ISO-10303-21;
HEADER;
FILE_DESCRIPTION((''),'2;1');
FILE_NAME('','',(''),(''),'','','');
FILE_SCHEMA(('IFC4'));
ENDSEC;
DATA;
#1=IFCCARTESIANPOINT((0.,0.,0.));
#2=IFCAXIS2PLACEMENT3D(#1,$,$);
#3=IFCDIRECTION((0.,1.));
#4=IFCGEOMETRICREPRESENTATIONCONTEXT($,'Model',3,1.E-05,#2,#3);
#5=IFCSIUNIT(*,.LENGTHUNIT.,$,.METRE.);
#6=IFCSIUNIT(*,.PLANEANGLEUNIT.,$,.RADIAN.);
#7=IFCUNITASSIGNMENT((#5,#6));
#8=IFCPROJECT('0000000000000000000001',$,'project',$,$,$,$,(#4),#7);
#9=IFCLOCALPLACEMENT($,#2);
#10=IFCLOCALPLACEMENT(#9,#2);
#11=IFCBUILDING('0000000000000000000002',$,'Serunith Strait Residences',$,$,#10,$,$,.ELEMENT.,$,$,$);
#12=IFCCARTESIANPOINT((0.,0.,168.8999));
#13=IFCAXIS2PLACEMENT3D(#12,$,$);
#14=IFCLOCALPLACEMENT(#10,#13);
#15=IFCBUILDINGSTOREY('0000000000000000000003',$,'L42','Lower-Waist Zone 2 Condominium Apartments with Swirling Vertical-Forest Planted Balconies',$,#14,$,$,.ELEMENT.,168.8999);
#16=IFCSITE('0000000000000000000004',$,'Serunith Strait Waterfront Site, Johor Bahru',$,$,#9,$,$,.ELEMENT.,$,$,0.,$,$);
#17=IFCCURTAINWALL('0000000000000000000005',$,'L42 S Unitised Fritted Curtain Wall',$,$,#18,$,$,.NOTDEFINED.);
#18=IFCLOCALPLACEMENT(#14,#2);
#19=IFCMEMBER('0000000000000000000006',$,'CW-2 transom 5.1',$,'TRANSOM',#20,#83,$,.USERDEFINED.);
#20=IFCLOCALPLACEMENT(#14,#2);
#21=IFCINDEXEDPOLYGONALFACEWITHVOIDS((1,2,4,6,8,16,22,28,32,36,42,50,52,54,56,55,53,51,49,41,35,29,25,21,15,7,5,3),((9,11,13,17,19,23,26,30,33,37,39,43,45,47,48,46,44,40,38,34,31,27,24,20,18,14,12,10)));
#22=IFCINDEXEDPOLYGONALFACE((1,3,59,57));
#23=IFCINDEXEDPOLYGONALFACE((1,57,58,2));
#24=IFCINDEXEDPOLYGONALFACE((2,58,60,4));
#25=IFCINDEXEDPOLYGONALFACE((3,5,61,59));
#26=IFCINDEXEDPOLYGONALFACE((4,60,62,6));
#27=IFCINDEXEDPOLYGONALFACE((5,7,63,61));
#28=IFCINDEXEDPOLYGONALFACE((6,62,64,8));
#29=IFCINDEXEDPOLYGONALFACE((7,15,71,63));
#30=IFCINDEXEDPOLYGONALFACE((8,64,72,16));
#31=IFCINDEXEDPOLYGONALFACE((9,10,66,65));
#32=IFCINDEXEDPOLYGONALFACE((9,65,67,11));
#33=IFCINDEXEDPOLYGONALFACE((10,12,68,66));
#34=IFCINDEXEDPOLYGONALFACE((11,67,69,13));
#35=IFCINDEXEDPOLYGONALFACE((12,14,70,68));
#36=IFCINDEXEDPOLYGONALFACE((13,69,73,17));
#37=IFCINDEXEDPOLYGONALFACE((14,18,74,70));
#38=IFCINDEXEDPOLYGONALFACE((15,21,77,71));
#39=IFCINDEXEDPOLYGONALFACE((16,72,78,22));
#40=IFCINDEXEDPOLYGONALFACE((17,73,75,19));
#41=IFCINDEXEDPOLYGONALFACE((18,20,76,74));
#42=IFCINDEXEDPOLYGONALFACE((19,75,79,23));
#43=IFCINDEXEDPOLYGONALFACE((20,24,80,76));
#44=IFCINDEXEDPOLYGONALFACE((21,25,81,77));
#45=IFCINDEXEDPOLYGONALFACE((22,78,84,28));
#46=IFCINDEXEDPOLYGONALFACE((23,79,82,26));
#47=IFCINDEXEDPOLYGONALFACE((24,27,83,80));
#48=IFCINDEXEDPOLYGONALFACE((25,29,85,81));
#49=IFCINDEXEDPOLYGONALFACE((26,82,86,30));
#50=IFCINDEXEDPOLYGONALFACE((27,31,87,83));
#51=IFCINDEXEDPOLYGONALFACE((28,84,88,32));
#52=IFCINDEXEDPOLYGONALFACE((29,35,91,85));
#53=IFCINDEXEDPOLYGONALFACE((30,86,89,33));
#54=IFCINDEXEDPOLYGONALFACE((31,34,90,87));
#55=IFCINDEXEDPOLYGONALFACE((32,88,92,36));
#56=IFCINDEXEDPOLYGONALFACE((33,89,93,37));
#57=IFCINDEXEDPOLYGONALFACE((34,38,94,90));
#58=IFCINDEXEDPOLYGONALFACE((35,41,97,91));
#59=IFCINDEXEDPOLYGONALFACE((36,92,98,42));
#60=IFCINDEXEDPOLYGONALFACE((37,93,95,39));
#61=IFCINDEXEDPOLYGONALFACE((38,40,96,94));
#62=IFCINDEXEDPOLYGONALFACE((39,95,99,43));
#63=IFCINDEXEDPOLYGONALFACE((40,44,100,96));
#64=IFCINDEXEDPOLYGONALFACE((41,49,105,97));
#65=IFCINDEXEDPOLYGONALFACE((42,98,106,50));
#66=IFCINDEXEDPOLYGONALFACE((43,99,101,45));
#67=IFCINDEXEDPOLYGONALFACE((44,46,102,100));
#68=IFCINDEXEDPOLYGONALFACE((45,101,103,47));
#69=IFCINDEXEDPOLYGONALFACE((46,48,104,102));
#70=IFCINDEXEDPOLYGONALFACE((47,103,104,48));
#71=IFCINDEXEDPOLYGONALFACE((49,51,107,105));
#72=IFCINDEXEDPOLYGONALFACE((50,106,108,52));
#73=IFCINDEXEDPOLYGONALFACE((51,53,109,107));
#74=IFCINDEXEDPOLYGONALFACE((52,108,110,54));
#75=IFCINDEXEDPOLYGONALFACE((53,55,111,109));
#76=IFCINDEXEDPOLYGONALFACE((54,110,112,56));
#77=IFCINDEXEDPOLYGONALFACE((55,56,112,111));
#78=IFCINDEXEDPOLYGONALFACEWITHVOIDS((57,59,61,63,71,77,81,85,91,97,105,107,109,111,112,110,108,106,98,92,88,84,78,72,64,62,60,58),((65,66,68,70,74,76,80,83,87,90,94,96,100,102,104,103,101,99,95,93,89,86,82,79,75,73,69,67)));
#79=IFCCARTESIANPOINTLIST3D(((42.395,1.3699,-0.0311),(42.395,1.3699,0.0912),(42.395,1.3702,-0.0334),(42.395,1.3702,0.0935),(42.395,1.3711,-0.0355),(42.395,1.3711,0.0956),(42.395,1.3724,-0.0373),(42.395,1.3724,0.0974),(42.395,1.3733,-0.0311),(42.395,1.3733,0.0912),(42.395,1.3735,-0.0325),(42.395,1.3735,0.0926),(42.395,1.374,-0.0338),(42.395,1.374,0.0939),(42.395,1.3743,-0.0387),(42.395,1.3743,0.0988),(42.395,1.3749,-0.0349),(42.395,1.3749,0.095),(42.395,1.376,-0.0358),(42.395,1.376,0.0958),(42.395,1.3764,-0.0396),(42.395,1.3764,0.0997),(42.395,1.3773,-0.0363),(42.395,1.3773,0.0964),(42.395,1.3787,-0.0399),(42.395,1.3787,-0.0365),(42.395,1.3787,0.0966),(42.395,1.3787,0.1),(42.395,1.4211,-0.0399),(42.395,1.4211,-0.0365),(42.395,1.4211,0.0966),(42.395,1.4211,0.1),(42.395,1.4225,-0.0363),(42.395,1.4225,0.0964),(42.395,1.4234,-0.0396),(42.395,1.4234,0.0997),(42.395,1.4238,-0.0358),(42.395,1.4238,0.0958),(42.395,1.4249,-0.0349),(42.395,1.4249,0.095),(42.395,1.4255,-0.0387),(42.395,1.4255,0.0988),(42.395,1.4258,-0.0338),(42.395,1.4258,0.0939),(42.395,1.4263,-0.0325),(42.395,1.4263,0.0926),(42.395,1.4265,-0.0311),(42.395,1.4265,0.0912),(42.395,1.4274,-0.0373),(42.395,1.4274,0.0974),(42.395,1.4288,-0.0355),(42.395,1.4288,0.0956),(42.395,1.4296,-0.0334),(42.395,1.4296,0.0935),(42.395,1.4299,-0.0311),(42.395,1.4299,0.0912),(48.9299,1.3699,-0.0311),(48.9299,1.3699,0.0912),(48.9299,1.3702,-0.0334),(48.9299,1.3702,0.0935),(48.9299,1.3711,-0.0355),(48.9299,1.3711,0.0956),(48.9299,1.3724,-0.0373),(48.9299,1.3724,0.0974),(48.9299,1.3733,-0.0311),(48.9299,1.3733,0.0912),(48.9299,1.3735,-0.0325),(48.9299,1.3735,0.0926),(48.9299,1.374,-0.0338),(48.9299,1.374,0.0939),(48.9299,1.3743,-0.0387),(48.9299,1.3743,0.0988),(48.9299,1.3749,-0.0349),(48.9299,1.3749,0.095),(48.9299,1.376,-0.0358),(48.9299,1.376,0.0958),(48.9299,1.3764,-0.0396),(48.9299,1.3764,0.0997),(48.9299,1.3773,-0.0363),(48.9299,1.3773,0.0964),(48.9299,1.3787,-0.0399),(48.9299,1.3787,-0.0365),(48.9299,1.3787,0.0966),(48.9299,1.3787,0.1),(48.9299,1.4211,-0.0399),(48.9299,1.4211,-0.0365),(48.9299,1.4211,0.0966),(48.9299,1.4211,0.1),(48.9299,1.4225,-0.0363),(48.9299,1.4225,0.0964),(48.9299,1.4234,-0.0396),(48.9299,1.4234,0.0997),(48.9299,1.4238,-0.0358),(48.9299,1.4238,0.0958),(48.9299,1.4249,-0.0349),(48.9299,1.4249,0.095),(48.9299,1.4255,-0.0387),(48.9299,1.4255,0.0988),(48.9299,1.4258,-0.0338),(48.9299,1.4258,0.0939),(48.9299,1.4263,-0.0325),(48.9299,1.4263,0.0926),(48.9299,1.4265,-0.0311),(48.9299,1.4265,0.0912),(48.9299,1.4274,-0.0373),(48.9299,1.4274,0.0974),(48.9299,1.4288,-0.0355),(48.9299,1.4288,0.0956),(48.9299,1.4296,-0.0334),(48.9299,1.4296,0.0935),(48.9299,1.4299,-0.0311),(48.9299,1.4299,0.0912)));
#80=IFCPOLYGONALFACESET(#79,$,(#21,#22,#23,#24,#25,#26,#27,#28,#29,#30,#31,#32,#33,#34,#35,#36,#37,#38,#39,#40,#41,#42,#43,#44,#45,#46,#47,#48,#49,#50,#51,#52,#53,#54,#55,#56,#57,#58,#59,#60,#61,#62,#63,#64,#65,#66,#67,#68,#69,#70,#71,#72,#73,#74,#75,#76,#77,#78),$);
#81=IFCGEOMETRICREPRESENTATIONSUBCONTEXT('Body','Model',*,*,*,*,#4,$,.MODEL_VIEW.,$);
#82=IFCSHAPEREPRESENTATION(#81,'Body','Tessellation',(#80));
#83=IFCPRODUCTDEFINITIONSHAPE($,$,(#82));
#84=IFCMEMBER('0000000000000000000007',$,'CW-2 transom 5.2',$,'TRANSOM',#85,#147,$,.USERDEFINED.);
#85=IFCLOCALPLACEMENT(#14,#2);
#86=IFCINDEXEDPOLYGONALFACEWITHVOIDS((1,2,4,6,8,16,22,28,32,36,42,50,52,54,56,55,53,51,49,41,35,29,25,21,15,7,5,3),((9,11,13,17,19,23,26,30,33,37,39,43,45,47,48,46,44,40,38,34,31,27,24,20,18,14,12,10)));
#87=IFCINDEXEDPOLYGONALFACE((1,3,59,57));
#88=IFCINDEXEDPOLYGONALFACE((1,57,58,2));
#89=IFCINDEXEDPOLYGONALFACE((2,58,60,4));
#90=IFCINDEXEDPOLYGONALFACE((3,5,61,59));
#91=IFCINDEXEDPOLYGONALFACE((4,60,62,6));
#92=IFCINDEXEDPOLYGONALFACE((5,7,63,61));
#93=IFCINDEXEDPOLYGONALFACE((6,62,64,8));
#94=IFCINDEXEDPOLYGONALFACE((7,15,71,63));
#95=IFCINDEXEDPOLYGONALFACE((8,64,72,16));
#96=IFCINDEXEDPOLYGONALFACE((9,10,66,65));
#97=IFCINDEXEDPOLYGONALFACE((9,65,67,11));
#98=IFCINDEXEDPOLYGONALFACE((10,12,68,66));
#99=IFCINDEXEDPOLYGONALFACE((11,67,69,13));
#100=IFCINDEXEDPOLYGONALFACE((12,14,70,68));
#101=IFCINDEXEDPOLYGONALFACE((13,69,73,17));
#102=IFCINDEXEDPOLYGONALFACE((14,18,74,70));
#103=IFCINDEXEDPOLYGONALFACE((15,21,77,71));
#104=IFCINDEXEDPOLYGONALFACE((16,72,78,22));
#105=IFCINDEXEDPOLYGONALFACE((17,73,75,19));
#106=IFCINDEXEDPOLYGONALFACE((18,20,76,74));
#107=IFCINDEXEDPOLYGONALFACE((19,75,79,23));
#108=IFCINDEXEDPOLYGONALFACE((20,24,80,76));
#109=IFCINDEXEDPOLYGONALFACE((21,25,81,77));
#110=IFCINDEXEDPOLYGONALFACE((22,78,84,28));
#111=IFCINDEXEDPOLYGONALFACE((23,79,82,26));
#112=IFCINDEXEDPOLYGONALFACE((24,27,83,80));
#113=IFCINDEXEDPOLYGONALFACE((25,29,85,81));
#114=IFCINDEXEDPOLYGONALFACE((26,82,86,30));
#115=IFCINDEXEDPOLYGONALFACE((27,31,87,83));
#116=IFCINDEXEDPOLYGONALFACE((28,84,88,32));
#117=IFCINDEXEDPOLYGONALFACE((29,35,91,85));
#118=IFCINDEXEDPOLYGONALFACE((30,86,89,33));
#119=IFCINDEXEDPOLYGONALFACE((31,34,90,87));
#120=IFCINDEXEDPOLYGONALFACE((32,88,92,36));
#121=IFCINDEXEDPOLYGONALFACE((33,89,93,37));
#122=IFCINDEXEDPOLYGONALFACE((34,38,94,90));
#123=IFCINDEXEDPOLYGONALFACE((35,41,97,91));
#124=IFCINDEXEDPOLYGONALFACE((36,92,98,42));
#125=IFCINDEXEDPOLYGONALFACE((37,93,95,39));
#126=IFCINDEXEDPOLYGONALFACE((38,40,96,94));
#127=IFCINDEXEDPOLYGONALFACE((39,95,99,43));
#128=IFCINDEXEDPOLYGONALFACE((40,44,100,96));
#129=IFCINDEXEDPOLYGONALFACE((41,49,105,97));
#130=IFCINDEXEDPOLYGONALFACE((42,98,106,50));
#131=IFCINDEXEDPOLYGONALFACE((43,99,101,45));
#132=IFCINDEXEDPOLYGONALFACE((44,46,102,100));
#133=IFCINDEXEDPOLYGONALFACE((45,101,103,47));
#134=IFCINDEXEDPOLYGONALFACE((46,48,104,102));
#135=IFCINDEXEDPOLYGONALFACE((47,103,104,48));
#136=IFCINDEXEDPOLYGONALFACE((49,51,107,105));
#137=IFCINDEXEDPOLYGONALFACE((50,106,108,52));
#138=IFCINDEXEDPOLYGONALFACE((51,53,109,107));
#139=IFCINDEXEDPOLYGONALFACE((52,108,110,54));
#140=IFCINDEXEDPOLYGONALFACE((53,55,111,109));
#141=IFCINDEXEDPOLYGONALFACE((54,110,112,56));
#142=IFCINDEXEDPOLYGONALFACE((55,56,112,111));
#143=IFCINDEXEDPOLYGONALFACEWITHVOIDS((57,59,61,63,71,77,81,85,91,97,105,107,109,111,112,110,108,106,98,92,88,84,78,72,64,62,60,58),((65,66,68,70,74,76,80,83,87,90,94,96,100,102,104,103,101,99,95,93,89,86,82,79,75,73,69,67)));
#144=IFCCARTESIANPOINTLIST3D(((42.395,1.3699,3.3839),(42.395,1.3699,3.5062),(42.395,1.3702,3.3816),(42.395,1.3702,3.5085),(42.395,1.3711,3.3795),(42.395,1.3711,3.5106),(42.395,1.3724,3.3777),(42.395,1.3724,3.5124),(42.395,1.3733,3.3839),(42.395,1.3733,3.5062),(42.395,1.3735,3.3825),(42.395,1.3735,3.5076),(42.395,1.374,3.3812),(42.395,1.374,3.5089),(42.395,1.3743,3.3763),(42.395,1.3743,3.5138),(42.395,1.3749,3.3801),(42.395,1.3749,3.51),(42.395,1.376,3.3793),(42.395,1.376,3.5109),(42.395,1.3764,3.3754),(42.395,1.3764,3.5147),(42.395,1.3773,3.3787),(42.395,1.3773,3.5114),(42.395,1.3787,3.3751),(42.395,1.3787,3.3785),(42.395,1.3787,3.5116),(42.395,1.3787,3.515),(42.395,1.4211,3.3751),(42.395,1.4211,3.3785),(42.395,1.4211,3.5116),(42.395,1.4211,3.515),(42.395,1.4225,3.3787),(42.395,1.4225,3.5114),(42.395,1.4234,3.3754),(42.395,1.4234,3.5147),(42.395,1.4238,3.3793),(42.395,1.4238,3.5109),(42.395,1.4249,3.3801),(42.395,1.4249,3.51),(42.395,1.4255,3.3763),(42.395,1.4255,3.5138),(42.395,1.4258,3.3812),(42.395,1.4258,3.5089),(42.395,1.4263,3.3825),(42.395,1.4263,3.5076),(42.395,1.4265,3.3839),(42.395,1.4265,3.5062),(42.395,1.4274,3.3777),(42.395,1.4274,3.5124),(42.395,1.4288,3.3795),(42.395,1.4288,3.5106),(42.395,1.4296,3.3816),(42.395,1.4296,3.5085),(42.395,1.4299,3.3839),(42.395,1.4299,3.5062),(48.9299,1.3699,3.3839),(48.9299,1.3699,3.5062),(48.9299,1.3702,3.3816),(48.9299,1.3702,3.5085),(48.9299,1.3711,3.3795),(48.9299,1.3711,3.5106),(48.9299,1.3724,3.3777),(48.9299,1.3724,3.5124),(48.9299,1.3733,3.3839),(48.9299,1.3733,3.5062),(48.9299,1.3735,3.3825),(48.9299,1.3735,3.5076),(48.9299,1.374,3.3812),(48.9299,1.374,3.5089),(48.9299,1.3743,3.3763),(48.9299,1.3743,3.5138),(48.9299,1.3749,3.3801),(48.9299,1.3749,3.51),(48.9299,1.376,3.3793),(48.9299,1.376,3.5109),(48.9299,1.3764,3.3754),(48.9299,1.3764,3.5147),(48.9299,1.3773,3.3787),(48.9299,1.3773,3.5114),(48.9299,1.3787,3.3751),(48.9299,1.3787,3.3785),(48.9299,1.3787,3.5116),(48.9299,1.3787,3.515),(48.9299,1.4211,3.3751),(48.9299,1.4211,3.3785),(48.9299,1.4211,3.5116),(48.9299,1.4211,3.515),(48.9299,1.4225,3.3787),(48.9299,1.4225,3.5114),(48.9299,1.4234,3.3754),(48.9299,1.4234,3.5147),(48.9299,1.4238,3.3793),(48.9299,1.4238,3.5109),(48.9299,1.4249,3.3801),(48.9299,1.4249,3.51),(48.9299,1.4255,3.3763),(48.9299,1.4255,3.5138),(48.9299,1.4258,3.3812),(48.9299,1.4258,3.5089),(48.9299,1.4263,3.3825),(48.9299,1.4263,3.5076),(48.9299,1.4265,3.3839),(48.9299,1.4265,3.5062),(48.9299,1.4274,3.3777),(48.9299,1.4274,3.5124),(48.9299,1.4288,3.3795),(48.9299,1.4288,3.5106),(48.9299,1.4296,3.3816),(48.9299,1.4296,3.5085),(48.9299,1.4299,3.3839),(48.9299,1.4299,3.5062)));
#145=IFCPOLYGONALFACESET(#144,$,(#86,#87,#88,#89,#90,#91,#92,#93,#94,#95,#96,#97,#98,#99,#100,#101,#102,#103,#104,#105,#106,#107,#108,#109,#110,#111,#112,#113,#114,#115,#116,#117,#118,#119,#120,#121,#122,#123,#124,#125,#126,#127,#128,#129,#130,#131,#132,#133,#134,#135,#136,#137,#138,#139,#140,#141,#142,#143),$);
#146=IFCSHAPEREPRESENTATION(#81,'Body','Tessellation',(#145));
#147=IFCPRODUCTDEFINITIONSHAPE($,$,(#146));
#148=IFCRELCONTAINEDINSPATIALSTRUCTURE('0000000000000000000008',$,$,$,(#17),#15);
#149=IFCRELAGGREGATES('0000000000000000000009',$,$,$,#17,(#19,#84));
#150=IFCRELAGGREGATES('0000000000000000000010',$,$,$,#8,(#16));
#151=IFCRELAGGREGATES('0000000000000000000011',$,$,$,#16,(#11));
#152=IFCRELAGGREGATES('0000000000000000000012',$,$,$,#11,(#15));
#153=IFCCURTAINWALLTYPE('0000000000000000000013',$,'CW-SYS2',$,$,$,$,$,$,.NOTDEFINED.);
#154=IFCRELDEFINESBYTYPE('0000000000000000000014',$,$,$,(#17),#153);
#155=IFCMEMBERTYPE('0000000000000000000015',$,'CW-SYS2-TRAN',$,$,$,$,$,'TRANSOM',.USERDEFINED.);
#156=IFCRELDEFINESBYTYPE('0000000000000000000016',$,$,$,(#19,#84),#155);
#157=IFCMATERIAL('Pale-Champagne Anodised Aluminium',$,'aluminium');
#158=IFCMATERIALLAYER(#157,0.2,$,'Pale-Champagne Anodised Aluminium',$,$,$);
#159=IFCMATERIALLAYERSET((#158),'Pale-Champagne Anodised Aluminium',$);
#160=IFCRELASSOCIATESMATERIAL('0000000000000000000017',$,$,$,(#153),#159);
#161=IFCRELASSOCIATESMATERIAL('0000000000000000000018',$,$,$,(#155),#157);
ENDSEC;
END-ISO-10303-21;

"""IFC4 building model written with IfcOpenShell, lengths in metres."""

from ifc_helpers import new_model, si_unit, direction, frame, origin, origin_2d, place, context, subcontext, project, spatial, hollow_rectangle, extrude, source, transform, mapped, material, layer, layer_set, material_profile, profile_set, type_object, element, aggregate, save


model = new_model("IFC4")

# Units and contexts
model_context = context("Model", 3, precision=1e-05, world=origin(), true_north=direction((0.0, 1.0)))
body_context = subcontext(model_context, "Body", "Model", "MODEL_VIEW")
ifc_project = project(units=[si_unit("LENGTHUNIT", "METRE"), si_unit("PLANEANGLEUNIT", "RADIAN")], contexts=[model_context])

# Site, building, storey
site_placement = place(None, origin())
site = spatial("IfcSite", under=ifc_project, at=site_placement, Name="Serunith Strait Waterfront Site, Johor Bahru", CompositionType="ELEMENT", RefElevation=0.0)
building_placement = place(site_placement, origin())
building = spatial("IfcBuilding", under=site, at=building_placement, Name="Serunith Strait Residences", CompositionType="ELEMENT")
storey_placement = place(building_placement, frame((0.0, 0.0, 168.8999)))
storey = spatial("IfcBuildingStorey", under=building, at=storey_placement, Name="L42", Description="Lower-Waist Zone 2 Condominium Apartments with Swirling Vertical-Forest Planted Balconies", CompositionType="ELEMENT", Elevation=168.8999)

# Curtain wall, members
ifc_material_1 = material(Name="Pale-Champagne Anodised Aluminium", Category="aluminium")
ifc_layer_1 = layer(ifc_material_1, 0.2, Name="Pale-Champagne Anodised Aluminium")
ifc_layer_set_1 = layer_set([ifc_layer_1], Name="Pale-Champagne Anodised Aluminium")
curtain_wall_type = type_object("IfcCurtainWallType", Name="CW-SYS2", PredefinedType="NOTDEFINED", material=ifc_layer_set_1)
curtain_wall_placement = place(storey_placement, origin())
curtain_wall = element("IfcCurtainWall", 1, at=curtain_wall_placement, inside=storey, type_object=curtain_wall_type, Name="L42 S Unitised Fritted Curtain Wall", PredefinedType="NOTDEFINED")
ifc_material_profile_1 = material_profile(ifc_material_1, hollow_rectangle(XDim=0.0601, YDim=0.1399, WallThickness=0.0034, InnerFilletRadius=0.0054, OuterFilletRadius=0.0088, at=origin_2d()), Name="ALU 140x60x3.5")
ifc_profile_set_1 = profile_set([ifc_material_profile_1], Name="Pale-Champagne Anodised Aluminium")
member_type_1 = type_object("IfcMemberType", Name="CW-SYS2-TRAN", ElementType="TRANSOM", PredefinedType="USERDEFINED", material=ifc_profile_set_1)
shared_shape_1 = source(origin(), body_context, "Body", "SweptSolid", [
    extrude(hollow_rectangle(XDim=0.0601, YDim=0.1399, WallThickness=0.0034, InnerFilletRadius=0.0054, OuterFilletRadius=0.0088, at=origin_2d()), origin(), (0.0, 0.0, 1.0), 6.5349),
])
member_1_placement = place(storey_placement, frame((42.395, 1.3999, 0.03), z_axis=(1.0, 0.0, 0.0), x_axis=(0.0, 1.0, 0.0)))
member_1 = element("IfcMember", 2, at=member_1_placement, type_object=member_type_1, Name="CW-2 transom 5.1", ObjectType="TRANSOM", PredefinedType="USERDEFINED", context=body_context, shape_type="MappedRepresentation", body=[
    mapped(shared_shape_1, transform((0.0, 0.0, 0.0), scale=1.0)),
])
member_2_placement = place(storey_placement, frame((42.395, 1.3999, 3.4451), z_axis=(1.0, 0.0, 0.0), x_axis=(0.0, 1.0, 0.0)))
member_2 = element("IfcMember", 3, at=member_2_placement, type_object=member_type_1, Name="CW-2 transom 5.2", ObjectType="TRANSOM", PredefinedType="USERDEFINED", context=body_context, shape_type="MappedRepresentation", body=[
    mapped(shared_shape_1, transform((0.0, 0.0, 0.0), scale=1.0)),
])
aggregate(curtain_wall, [member_1, member_2])

save(model, "model.ifc")
